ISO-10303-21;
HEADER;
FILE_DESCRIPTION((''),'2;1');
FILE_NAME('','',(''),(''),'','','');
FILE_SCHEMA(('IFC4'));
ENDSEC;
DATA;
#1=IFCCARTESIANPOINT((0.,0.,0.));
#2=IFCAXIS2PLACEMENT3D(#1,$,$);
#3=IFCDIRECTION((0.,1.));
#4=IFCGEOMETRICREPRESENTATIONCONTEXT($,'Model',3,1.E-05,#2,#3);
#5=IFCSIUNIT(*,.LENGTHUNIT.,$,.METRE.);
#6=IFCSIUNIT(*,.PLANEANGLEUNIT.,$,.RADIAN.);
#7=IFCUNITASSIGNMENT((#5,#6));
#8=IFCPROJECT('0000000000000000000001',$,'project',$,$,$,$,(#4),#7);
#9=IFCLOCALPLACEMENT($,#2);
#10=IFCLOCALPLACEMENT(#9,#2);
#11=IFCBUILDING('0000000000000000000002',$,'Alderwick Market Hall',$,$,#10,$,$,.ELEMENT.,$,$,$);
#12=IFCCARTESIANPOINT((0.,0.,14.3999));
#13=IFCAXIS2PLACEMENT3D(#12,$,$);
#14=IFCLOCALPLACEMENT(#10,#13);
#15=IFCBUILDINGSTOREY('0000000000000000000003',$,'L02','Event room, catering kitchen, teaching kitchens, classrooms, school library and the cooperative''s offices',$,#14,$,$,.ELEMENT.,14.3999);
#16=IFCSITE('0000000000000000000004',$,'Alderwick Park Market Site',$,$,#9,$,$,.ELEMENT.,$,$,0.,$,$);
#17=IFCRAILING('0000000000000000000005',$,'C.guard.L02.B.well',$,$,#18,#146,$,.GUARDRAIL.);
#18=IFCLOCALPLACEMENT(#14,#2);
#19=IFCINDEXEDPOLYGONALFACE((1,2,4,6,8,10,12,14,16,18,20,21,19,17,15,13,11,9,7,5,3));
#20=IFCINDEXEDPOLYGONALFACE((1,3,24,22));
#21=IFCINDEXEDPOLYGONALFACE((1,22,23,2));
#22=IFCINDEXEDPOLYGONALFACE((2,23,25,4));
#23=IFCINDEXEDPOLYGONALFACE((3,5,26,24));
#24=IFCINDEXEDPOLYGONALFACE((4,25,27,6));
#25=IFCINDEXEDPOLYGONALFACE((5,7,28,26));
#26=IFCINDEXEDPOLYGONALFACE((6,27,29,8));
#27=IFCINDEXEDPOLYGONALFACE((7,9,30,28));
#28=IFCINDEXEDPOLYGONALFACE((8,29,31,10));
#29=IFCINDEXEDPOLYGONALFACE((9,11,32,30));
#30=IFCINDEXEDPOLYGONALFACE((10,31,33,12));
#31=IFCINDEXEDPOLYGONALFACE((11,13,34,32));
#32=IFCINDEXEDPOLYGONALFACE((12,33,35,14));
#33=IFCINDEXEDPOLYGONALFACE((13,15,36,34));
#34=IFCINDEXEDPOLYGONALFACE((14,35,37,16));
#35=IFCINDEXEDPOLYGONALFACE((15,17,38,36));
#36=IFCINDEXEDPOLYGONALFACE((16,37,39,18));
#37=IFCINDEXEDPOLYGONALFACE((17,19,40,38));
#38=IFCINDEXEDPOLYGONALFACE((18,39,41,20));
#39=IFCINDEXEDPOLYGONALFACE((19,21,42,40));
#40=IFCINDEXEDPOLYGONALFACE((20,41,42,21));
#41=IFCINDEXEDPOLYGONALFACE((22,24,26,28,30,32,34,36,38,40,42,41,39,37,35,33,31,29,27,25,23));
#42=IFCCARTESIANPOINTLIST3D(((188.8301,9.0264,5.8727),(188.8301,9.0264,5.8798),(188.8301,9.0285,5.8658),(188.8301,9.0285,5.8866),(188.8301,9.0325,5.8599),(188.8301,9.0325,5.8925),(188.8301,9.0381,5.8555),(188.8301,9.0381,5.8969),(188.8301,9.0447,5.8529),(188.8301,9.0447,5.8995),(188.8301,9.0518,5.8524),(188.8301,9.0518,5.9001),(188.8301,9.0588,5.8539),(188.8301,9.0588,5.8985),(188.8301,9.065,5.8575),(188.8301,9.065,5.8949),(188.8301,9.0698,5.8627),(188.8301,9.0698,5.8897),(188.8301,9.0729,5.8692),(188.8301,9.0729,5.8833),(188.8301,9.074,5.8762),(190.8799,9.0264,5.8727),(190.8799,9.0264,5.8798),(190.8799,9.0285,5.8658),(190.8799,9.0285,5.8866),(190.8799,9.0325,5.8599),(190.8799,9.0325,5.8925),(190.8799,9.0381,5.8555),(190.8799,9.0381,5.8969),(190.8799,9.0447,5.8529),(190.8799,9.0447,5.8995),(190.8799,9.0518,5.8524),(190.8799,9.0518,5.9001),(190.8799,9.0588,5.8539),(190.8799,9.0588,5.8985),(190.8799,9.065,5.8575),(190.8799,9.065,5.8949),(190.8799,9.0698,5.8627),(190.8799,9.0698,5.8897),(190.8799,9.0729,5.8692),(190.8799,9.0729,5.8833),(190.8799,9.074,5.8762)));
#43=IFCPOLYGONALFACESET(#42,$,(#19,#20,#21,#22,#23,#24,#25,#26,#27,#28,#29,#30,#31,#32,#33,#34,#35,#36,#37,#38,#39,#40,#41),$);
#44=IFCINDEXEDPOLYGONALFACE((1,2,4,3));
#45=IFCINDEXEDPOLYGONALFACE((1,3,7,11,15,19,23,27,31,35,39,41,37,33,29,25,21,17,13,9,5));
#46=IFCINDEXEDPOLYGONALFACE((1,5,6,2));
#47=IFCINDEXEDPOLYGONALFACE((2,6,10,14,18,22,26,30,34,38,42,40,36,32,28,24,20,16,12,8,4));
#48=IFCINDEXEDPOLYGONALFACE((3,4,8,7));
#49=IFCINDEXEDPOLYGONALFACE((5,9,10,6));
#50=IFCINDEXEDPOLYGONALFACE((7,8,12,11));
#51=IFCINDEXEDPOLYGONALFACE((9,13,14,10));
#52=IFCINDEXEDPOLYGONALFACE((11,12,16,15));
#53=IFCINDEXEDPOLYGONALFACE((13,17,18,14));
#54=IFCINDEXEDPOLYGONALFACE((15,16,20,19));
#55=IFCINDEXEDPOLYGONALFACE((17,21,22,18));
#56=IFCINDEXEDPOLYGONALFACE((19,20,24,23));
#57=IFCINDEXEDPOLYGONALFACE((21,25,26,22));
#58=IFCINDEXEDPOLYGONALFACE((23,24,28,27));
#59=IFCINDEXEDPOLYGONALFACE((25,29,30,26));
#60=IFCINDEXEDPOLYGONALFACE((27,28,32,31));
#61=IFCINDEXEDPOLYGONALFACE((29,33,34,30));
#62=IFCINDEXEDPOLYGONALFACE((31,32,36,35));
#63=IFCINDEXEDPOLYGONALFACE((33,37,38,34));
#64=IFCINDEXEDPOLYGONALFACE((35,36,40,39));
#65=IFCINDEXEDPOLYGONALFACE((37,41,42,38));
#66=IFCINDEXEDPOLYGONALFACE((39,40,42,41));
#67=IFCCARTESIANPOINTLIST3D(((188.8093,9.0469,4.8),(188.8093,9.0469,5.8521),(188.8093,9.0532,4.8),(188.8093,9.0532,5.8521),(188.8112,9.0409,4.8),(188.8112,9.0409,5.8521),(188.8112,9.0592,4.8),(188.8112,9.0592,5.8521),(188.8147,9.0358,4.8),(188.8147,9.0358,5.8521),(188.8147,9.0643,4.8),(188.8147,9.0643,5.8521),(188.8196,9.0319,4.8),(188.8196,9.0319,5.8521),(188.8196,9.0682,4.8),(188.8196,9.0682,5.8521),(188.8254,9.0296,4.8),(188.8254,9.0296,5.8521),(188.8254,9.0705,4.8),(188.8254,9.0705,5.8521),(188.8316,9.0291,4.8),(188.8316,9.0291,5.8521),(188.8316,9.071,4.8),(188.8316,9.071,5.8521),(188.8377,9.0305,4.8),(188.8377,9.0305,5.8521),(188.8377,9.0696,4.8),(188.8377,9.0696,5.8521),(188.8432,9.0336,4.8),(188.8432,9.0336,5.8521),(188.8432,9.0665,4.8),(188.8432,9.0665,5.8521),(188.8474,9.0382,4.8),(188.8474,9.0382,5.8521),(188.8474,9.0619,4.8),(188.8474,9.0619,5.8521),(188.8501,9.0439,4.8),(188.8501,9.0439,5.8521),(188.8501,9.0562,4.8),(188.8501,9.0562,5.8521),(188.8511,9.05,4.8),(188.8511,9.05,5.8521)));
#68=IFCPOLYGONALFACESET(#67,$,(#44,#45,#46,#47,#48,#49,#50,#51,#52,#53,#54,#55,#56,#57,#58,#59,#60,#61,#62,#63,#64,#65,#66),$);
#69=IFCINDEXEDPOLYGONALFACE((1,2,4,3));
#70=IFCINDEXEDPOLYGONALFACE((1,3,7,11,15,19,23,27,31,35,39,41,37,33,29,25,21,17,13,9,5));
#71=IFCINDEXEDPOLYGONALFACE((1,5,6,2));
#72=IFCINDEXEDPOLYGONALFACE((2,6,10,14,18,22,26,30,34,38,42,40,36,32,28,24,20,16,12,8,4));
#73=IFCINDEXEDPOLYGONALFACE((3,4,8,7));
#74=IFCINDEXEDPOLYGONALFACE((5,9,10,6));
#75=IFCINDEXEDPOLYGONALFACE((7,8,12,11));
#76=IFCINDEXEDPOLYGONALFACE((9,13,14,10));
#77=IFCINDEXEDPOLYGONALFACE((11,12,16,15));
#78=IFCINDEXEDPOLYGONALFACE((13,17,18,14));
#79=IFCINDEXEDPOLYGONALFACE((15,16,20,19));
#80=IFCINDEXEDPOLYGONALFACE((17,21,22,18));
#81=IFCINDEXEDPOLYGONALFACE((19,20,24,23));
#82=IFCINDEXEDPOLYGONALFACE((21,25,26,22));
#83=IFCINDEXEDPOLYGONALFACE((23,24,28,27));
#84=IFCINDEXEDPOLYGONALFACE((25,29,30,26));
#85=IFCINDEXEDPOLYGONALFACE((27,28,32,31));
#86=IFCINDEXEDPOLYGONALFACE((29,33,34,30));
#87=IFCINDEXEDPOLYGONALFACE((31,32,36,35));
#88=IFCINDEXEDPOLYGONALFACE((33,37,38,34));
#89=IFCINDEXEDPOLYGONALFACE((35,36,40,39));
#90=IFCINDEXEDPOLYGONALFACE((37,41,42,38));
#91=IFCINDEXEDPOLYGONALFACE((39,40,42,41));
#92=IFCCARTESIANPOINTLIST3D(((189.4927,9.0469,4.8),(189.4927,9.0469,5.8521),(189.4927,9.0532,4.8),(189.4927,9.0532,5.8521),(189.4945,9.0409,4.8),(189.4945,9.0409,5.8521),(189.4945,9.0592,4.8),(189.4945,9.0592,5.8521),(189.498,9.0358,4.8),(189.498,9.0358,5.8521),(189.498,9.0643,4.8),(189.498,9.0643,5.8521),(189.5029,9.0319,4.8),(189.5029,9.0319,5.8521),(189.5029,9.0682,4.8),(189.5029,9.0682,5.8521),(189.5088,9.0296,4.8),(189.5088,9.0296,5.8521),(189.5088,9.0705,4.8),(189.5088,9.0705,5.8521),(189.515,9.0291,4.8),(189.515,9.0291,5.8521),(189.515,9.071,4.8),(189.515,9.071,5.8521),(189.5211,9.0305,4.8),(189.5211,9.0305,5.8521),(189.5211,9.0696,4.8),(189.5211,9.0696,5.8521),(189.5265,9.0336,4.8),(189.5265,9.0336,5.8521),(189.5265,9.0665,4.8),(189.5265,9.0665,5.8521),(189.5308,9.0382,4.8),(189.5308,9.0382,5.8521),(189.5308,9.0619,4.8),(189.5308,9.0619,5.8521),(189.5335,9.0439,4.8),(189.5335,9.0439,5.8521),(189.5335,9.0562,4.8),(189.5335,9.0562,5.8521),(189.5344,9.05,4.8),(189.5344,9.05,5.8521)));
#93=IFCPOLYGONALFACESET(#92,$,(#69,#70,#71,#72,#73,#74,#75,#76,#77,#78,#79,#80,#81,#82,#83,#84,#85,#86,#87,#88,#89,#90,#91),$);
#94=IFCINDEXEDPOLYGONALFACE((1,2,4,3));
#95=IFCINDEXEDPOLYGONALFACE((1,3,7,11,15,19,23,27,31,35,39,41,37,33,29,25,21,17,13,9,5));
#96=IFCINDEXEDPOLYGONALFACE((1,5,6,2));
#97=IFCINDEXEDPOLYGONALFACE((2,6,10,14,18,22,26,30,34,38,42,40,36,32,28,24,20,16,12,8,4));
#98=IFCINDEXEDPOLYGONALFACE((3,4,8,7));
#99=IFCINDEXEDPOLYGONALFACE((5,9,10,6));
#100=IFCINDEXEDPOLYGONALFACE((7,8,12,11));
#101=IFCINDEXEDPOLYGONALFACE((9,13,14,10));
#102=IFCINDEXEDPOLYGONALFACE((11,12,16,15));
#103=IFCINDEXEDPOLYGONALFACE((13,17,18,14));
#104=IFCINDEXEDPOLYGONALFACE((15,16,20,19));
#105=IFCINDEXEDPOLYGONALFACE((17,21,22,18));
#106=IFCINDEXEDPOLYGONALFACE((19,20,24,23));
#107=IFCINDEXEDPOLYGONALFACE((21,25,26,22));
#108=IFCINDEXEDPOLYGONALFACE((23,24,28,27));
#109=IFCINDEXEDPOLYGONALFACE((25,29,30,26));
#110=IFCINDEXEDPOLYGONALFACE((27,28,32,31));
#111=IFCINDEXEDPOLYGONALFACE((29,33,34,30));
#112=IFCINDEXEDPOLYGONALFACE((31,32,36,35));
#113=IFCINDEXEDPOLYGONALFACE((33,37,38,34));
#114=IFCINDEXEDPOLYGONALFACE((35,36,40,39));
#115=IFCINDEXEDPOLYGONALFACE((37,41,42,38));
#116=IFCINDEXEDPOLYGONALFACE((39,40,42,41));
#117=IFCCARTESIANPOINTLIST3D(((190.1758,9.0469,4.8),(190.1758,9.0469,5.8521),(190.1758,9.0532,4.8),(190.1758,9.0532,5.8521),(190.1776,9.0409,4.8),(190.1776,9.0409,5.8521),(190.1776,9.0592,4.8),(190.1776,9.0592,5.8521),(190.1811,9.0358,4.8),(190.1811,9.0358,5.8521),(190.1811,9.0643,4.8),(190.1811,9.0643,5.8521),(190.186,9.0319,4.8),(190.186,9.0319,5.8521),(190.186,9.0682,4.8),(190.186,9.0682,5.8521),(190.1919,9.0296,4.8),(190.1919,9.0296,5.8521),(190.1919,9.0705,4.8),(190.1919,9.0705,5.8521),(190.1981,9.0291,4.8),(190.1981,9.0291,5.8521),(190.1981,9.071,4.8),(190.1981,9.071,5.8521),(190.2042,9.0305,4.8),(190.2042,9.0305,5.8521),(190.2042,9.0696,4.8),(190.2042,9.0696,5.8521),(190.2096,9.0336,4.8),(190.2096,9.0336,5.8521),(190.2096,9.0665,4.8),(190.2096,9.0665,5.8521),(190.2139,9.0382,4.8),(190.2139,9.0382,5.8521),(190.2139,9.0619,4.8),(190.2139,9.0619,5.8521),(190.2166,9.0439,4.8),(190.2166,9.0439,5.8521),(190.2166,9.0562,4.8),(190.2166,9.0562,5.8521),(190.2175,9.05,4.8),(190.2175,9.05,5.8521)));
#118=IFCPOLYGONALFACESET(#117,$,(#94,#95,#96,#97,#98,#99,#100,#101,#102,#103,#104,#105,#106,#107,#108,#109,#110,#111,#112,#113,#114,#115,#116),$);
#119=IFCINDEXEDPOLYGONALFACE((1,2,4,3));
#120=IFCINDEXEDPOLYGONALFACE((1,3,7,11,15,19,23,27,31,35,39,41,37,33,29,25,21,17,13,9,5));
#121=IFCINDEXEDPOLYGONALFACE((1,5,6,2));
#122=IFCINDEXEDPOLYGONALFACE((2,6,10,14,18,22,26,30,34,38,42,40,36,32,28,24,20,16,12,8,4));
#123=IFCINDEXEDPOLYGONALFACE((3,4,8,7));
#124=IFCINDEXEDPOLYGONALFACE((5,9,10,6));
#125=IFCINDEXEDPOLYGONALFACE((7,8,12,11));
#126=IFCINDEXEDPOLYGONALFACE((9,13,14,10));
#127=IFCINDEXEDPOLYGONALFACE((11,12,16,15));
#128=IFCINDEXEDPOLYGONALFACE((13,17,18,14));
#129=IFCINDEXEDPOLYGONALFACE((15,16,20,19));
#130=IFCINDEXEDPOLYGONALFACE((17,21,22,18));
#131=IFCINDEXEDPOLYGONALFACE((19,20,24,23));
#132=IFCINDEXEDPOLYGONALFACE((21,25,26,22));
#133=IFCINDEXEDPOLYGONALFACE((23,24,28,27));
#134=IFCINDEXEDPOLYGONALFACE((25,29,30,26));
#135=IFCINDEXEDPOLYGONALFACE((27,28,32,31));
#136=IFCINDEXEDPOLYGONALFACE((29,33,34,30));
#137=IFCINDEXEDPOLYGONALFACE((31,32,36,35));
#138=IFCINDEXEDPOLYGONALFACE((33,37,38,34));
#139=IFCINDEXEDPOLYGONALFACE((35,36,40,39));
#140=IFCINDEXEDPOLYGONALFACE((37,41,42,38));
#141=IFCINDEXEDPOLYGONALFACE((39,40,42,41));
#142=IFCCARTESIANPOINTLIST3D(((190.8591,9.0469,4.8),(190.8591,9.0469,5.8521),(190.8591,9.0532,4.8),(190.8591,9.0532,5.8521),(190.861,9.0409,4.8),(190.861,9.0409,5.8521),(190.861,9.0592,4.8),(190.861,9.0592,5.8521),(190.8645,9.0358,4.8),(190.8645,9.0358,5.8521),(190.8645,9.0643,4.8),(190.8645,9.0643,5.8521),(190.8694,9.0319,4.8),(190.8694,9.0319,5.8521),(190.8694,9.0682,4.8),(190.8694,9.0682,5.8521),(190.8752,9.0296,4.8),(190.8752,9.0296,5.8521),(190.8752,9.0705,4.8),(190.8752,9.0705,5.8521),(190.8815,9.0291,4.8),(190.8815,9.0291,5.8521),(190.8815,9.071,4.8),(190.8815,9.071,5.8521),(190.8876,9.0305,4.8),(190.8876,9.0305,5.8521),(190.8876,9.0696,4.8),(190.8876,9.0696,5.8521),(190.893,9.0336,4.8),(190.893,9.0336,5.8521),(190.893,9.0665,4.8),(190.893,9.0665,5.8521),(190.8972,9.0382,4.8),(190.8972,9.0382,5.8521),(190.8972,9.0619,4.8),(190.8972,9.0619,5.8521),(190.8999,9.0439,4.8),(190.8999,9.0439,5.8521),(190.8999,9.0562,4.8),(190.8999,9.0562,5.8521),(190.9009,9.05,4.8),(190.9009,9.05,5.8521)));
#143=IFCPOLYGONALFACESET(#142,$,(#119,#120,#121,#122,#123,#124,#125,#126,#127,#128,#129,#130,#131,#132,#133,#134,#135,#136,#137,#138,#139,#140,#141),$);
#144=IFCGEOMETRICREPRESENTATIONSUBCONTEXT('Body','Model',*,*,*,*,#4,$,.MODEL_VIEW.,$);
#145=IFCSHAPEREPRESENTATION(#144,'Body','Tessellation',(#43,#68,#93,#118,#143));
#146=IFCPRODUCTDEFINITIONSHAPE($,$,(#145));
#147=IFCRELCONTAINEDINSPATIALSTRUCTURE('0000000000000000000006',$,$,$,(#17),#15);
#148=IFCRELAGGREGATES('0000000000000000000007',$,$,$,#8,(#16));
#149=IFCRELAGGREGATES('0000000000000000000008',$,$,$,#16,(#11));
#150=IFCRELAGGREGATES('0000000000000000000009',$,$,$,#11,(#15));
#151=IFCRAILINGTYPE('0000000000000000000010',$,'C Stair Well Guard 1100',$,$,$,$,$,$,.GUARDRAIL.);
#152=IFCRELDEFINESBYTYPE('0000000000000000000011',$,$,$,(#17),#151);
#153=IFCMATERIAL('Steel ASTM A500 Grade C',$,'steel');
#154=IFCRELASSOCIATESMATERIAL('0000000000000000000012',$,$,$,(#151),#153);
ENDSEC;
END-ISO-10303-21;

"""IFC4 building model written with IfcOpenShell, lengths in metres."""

from ifc_helpers import new_model, si_unit, direction, frame, origin, origin_2d, place, context, subcontext, project, spatial, circle, extrude, material, type_object, element, save


model = new_model("IFC4")

# Units and contexts
model_context = context("Model", 3, precision=1e-05, world=origin(), true_north=direction((0.0, 1.0)))
body_context = subcontext(model_context, "Body", "Model", "MODEL_VIEW")
ifc_project = project(units=[si_unit("LENGTHUNIT", "METRE"), si_unit("PLANEANGLEUNIT", "RADIAN")], contexts=[model_context])

# Site, building, storey
site_placement = place(None, origin())
site = spatial("IfcSite", under=ifc_project, at=site_placement, Name="Alderwick Park Market Site", CompositionType="ELEMENT", RefElevation=0.0)
building_placement = place(site_placement, origin())
building = spatial("IfcBuilding", under=site, at=building_placement, Name="Alderwick Market Hall", CompositionType="ELEMENT")
storey_placement = place(building_placement, frame((0.0, 0.0, 14.3999)))
storey = spatial("IfcBuildingStorey", under=building, at=storey_placement, Name="L02", Description="Event room, catering kitchen, teaching kitchens, classrooms, school library and the cooperative's offices", CompositionType="ELEMENT", Elevation=14.3999)

# Railing
ifc_material_1 = material(Name="Steel ASTM A500 Grade C", Category="steel")
railing_type_1 = type_object("IfcRailingType", Name="C Stair Well Guard 1100", PredefinedType="GUARDRAIL", material=ifc_material_1)
railing_placement = place(storey_placement, frame((188.8301, 9.05, 4.8)))
element("IfcRailing", 1, at=railing_placement, inside=storey, type_object=railing_type_1, Name="C.guard.L02.B.well", PredefinedType="GUARDRAIL", context=body_context, shape_type="SweptSolid", body=[
    extrude(circle(Radius=0.0239, at=origin_2d()), frame((0.0, 0.0, 1.0762), z_axis=(1.0, 0.0, 0.0), x_axis=(0.0, 1.0, 0.0)), (0.0, 0.0, 1.0), 2.0498),
    extrude(circle(Radius=0.021, at=origin_2d()), origin(), (0.0, 0.0, 1.0), 1.052),
    extrude(circle(Radius=0.021, at=origin_2d()), frame((0.6833, 0.0, 0.0)), (0.0, 0.0, 1.0), 1.052),
    extrude(circle(Radius=0.021, at=origin_2d()), frame((1.3665, 0.0, 0.0)), (0.0, 0.0, 1.0), 1.052),
    extrude(circle(Radius=0.021, at=origin_2d()), frame((2.0498, 0.0, 0.0)), (0.0, 0.0, 1.0), 1.052),
])

save(model, "model.ifc")
